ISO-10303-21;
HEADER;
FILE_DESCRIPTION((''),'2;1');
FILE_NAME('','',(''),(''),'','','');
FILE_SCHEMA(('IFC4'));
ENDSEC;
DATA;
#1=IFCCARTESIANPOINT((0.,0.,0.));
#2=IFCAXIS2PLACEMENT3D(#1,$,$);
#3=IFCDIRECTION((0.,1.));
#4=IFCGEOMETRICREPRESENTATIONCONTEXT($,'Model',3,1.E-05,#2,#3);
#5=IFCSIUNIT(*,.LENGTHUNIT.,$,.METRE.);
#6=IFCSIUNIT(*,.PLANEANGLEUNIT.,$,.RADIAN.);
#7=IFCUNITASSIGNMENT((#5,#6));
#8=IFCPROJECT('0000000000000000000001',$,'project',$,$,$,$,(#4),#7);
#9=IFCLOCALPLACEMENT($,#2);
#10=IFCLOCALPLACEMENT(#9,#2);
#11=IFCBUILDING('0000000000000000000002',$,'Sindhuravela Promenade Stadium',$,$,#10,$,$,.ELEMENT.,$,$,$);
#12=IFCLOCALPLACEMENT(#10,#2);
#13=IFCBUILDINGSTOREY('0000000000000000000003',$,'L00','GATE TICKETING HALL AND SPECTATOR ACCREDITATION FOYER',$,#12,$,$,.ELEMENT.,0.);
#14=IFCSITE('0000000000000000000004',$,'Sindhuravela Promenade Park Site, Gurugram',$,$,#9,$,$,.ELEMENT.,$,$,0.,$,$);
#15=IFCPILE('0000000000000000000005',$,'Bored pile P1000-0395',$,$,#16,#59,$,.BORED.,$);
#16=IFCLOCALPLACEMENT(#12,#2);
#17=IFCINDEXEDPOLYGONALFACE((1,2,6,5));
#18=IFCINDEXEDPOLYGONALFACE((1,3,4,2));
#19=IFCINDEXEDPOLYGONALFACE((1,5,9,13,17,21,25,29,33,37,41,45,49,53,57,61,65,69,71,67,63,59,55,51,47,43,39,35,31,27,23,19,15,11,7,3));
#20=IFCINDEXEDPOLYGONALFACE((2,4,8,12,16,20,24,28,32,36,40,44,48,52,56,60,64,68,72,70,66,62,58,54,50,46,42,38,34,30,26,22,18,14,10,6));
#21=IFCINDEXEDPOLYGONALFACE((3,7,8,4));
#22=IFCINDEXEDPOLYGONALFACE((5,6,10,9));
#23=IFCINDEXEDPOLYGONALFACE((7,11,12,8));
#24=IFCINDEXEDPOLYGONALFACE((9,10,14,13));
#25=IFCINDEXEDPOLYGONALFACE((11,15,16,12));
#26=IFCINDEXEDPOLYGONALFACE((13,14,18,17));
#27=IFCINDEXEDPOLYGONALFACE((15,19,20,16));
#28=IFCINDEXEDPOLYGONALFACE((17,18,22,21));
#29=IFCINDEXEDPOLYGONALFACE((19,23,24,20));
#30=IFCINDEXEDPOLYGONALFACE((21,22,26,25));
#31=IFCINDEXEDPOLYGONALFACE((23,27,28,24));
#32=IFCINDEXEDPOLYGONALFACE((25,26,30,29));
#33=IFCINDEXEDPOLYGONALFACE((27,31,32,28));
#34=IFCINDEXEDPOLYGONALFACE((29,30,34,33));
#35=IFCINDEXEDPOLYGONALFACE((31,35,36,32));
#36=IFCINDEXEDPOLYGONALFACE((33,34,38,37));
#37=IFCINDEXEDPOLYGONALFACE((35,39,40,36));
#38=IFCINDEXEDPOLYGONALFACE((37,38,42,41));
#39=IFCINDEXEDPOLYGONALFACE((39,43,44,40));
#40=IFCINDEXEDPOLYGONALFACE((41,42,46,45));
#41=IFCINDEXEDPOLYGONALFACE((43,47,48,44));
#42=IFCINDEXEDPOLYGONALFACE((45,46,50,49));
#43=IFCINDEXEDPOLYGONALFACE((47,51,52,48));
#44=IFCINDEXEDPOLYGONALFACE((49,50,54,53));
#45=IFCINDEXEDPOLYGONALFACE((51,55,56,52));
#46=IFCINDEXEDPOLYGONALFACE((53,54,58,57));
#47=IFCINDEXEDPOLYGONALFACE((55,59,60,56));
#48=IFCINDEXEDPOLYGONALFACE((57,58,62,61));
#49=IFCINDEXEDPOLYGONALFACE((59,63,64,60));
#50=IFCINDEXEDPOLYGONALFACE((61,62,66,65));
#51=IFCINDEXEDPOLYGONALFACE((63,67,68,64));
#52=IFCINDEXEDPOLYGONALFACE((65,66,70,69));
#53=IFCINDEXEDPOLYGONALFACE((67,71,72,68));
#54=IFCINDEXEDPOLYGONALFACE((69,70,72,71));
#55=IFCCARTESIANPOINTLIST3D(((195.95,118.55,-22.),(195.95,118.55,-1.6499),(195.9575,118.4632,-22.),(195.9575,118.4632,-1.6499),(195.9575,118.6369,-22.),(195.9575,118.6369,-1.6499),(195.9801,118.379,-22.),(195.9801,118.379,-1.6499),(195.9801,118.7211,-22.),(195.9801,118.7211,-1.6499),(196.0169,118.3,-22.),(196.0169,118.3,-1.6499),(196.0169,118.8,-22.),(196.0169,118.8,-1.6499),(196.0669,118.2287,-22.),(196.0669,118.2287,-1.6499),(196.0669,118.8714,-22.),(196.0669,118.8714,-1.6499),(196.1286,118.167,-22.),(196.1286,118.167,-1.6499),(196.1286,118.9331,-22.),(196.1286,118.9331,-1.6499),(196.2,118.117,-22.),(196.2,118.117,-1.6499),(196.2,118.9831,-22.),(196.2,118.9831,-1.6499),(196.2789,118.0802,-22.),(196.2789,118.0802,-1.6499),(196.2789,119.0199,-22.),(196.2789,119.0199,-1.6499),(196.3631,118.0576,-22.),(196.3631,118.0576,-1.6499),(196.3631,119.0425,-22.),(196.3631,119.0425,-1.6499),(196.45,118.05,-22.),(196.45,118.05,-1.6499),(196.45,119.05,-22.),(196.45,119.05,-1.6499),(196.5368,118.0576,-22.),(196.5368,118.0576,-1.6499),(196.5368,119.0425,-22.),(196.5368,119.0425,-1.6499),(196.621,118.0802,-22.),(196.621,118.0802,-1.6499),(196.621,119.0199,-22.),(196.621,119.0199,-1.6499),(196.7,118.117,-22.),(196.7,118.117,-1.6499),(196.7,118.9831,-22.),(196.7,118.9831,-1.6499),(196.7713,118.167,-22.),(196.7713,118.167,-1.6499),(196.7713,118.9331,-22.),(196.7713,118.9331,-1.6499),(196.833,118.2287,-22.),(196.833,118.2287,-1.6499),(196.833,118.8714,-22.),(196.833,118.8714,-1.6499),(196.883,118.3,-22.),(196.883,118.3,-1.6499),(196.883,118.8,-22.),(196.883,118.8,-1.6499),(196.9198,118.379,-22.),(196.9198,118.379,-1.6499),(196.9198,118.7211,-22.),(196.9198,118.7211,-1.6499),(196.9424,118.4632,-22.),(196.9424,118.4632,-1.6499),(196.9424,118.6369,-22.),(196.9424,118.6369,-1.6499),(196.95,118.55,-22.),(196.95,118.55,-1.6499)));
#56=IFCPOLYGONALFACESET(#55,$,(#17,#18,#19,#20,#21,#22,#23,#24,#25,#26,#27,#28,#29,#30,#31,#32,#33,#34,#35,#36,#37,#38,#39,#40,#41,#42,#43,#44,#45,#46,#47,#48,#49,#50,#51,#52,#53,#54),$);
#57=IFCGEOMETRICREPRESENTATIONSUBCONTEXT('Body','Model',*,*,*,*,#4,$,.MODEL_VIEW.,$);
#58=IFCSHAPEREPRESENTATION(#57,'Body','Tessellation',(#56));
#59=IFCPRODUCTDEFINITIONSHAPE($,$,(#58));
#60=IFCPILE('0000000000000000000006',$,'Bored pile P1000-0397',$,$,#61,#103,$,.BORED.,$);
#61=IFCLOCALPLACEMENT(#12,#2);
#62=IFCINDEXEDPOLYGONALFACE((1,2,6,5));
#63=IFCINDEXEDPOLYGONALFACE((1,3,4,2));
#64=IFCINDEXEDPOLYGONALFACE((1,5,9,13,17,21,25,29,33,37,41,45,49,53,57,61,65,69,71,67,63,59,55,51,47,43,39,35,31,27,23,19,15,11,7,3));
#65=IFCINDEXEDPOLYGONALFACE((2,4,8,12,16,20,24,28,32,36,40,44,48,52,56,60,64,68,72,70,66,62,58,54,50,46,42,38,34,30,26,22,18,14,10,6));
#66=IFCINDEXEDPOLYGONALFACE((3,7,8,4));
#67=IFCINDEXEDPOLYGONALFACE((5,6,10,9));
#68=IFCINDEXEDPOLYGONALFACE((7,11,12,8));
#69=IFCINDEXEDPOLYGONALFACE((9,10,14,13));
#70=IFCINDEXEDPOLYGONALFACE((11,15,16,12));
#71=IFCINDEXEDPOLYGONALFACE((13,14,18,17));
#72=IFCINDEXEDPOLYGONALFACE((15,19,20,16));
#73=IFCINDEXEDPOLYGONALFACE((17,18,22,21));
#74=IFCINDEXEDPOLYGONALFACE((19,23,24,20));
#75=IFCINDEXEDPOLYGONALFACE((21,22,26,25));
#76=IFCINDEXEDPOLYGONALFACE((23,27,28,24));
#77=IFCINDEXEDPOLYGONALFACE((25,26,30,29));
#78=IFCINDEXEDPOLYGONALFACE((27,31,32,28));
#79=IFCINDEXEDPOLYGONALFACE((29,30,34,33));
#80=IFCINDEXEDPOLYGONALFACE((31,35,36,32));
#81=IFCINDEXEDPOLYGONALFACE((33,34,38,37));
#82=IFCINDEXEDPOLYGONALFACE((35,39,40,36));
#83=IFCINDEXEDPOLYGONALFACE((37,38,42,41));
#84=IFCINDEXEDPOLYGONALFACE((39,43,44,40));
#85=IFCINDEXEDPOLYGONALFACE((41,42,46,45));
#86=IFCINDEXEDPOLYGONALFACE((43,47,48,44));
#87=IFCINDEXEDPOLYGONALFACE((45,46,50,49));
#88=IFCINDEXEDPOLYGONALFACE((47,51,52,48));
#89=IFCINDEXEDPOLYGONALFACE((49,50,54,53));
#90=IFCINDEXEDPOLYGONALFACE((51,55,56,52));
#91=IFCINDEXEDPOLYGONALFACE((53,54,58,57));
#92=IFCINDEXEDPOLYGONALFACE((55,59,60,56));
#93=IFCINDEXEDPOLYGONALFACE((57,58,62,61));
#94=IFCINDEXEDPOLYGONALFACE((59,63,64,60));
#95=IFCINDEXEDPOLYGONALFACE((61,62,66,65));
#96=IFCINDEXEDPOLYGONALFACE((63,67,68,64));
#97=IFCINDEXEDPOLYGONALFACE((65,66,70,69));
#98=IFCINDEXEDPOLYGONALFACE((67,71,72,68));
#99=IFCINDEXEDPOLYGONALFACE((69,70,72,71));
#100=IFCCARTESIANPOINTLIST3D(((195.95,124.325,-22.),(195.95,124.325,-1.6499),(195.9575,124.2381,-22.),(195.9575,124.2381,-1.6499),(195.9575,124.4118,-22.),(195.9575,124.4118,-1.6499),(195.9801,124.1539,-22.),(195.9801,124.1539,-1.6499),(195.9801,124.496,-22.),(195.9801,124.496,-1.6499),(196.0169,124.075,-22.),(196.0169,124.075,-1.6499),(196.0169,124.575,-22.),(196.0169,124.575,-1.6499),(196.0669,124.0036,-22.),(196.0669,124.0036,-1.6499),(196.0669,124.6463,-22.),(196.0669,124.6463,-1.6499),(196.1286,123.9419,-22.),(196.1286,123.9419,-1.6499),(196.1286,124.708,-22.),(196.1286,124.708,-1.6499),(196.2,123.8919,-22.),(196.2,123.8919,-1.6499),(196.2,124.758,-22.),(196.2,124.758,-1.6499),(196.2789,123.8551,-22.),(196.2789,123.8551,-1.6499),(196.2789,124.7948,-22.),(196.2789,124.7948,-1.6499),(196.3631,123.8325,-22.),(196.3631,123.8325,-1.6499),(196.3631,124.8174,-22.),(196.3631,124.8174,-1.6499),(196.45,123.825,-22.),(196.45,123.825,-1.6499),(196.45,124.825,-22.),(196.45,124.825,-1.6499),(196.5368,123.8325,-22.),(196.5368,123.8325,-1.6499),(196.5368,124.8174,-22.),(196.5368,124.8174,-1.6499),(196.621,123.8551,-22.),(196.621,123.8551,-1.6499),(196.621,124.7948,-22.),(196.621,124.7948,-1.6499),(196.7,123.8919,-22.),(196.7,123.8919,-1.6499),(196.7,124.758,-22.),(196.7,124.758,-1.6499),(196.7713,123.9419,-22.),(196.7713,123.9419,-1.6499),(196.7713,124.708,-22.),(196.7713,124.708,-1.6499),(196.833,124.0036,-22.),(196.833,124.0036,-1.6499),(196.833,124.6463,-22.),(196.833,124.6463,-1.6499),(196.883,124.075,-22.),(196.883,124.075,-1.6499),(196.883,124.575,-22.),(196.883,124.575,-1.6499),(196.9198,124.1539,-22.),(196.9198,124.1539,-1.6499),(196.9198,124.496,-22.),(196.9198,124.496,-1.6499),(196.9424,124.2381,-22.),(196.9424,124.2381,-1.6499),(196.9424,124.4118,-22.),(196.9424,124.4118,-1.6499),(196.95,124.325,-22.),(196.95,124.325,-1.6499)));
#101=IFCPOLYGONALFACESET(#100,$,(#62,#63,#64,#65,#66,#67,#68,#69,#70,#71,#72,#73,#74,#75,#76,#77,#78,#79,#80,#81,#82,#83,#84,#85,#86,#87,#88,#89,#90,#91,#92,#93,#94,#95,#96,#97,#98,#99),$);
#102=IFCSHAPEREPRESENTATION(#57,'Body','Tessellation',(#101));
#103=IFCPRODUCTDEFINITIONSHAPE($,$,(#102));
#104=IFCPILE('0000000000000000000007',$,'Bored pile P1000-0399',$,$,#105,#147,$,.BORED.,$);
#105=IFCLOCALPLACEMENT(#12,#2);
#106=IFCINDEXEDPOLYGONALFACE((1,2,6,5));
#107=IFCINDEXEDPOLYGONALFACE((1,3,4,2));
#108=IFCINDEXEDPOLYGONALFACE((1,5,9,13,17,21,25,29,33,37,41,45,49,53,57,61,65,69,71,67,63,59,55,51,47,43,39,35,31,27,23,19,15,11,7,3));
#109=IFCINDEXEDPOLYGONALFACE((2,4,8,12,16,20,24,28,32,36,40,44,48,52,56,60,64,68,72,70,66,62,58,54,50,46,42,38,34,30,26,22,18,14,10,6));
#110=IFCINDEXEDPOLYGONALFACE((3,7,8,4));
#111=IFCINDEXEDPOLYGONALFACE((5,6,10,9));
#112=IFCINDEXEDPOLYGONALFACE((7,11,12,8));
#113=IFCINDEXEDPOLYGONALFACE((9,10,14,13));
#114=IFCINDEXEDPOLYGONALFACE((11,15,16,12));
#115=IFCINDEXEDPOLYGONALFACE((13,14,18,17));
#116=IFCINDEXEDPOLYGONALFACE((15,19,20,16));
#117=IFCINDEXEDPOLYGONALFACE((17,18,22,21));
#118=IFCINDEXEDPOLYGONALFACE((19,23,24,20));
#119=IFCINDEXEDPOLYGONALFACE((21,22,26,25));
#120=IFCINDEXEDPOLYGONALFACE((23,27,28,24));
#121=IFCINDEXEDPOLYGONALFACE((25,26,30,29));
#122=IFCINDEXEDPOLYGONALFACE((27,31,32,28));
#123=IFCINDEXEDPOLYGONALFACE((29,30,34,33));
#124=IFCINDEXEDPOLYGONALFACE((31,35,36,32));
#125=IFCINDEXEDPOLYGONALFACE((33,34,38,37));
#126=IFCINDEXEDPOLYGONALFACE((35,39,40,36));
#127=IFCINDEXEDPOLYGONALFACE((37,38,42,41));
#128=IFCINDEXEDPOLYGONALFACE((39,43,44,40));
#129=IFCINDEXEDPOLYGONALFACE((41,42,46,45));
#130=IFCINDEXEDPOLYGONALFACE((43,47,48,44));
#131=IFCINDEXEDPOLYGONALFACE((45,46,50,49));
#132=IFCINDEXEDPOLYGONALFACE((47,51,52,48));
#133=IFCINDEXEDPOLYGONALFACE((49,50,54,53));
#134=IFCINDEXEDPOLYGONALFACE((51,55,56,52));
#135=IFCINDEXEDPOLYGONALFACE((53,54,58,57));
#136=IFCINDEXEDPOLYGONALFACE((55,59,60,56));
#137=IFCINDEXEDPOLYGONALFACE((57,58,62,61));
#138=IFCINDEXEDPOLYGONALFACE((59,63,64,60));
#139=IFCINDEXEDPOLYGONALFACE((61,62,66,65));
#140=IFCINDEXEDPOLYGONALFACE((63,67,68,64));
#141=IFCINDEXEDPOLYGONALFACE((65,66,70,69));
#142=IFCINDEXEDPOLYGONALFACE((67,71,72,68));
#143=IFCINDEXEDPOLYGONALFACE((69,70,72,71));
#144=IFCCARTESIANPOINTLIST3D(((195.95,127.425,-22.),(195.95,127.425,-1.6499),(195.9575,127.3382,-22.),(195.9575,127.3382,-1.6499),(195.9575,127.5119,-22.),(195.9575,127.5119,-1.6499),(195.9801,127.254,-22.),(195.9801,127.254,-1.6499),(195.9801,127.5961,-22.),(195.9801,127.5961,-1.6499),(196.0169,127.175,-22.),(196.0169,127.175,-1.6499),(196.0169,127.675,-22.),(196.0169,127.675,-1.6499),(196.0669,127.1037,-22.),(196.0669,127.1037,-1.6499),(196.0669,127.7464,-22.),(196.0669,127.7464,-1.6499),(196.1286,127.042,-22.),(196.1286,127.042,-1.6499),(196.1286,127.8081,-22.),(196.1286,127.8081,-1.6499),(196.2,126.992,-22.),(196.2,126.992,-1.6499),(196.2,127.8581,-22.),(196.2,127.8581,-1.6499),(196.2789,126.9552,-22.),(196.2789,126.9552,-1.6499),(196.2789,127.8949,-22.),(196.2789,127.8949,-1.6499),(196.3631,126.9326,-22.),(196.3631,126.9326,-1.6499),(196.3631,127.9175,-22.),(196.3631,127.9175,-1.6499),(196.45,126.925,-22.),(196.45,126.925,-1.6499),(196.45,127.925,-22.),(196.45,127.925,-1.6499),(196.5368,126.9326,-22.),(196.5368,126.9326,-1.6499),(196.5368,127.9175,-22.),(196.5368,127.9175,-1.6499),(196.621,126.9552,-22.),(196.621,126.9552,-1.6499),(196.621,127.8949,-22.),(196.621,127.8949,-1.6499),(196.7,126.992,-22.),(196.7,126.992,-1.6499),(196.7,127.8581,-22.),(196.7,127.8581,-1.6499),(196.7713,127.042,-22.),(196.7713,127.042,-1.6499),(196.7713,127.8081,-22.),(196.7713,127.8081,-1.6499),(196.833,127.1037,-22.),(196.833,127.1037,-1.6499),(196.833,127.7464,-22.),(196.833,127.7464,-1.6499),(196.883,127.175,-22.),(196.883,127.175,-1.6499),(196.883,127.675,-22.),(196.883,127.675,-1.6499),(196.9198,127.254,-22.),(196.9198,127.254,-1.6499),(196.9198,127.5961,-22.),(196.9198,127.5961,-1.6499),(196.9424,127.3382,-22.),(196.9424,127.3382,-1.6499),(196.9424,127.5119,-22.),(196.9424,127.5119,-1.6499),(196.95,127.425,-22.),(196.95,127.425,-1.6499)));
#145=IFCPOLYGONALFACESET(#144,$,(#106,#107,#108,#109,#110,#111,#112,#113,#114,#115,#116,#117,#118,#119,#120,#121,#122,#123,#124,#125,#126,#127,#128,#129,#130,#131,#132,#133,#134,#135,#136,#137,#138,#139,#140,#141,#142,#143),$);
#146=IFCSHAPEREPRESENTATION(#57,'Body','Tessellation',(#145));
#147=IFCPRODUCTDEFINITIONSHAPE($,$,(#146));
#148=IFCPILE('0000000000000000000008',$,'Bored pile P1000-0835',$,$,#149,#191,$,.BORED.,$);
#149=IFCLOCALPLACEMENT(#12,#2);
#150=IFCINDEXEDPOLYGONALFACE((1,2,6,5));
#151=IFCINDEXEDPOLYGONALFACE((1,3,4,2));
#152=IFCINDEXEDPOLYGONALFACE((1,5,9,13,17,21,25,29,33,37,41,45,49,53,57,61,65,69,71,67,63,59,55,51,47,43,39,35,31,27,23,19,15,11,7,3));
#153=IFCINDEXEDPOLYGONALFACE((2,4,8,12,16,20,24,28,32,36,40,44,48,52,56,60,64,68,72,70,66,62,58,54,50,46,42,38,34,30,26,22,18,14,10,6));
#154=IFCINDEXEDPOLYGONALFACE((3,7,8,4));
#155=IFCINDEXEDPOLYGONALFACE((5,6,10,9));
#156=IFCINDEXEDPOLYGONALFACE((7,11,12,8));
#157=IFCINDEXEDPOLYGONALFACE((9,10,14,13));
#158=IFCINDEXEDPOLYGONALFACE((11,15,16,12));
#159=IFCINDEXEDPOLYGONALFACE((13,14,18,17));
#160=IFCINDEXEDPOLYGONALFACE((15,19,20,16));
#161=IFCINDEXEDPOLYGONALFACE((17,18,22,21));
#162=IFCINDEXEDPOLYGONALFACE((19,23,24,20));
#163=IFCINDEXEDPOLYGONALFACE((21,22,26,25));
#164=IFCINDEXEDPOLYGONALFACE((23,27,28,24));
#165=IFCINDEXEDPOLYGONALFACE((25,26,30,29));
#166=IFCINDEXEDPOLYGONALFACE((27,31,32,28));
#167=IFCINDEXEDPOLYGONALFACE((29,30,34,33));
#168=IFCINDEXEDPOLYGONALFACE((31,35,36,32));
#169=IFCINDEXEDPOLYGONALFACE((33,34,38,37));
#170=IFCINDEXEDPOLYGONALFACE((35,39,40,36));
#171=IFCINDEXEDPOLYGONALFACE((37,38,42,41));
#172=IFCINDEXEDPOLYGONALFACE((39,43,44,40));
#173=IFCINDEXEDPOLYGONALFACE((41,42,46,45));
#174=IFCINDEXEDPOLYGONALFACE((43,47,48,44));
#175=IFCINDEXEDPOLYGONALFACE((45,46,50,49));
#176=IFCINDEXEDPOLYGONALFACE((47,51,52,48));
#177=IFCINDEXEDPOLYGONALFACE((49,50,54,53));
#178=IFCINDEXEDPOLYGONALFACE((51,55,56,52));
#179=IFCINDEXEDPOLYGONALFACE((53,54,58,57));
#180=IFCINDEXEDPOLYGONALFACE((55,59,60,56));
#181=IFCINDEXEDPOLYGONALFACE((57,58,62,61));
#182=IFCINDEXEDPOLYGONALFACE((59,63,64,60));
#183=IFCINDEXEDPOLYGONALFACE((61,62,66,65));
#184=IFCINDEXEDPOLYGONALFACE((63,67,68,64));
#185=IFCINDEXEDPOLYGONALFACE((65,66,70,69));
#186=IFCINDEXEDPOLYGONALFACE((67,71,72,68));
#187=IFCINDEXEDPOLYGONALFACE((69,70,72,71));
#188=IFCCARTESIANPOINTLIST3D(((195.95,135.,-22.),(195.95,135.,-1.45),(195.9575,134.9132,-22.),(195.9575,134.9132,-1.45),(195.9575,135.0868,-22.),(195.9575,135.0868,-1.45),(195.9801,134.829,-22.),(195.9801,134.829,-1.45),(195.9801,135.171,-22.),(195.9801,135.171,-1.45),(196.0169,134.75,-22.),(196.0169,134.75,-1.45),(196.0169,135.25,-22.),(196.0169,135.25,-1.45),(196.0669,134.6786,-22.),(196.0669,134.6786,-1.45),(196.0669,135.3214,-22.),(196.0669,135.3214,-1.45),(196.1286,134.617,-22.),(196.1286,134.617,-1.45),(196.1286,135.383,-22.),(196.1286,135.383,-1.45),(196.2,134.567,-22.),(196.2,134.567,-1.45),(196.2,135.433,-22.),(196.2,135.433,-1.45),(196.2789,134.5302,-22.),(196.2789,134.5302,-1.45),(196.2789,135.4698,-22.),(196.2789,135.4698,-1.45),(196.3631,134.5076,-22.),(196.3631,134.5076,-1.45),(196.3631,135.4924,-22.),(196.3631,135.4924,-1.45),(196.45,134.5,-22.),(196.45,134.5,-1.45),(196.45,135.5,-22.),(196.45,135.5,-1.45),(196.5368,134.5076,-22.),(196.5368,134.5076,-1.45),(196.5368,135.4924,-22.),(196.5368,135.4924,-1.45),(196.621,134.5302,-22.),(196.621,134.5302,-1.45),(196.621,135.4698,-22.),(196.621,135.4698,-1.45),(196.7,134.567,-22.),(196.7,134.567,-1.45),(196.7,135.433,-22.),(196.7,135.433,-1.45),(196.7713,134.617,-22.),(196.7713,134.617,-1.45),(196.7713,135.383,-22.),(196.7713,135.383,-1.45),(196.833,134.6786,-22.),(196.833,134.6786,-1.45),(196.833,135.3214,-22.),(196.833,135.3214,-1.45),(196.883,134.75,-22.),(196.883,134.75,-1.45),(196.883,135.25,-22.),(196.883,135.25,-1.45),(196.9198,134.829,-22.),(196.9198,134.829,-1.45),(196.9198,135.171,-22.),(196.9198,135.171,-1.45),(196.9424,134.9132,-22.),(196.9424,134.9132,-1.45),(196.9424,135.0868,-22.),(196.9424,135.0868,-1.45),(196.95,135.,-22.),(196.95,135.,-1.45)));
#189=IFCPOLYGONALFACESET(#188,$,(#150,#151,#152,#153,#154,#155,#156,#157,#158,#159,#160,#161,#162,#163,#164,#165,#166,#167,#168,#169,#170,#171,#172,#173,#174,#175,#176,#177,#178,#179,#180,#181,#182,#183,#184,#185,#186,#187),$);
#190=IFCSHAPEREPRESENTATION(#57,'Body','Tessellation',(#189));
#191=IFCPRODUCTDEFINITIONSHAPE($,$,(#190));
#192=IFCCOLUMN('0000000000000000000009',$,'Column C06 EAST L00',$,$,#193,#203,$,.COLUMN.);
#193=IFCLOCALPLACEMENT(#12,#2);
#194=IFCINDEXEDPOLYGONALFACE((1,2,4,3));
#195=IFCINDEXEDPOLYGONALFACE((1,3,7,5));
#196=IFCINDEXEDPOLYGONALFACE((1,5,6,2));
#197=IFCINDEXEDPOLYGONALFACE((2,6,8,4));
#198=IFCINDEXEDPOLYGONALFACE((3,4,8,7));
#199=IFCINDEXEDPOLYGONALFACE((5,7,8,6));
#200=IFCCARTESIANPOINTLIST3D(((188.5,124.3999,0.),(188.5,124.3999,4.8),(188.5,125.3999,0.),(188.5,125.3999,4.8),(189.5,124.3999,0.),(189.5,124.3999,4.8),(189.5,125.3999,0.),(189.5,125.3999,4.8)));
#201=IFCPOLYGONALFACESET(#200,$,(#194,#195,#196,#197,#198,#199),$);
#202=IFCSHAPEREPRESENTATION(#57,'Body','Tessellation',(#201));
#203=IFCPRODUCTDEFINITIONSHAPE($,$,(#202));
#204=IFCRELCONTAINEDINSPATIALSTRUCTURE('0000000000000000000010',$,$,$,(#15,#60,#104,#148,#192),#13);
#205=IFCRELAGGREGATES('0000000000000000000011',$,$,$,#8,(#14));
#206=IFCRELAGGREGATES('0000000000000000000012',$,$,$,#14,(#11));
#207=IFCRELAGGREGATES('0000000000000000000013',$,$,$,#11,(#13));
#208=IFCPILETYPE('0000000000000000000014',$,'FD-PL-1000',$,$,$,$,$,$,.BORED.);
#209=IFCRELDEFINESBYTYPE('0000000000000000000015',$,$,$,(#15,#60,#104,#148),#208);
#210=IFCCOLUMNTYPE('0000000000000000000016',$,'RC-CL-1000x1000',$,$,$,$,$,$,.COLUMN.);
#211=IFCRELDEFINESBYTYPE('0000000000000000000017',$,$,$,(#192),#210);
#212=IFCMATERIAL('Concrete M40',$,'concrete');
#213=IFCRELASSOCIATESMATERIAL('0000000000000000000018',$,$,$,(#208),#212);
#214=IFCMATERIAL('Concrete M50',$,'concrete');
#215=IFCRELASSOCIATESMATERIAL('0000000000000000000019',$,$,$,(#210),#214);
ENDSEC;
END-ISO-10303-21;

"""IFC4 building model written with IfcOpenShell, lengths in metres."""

from ifc_helpers import new_model, si_unit, direction, frame, origin, origin_2d, place, context, subcontext, project, spatial, rectangle, circle, extrude, material, material_profile, profile_set, type_object, element, save


model = new_model("IFC4")

# Units and contexts
model_context = context("Model", 3, precision=1e-05, world=origin(), true_north=direction((0.0, 1.0)))
body_context = subcontext(model_context, "Body", "Model", "MODEL_VIEW")
ifc_project = project(units=[si_unit("LENGTHUNIT", "METRE"), si_unit("PLANEANGLEUNIT", "RADIAN")], contexts=[model_context])

# Site, building, storey
site_placement = place(None, origin())
site = spatial("IfcSite", under=ifc_project, at=site_placement, Name="Sindhuravela Promenade Park Site, Gurugram", CompositionType="ELEMENT", RefElevation=0.0)
building_placement = place(site_placement, origin())
building = spatial("IfcBuilding", under=site, at=building_placement, Name="Sindhuravela Promenade Stadium", CompositionType="ELEMENT")
storey_placement = place(building_placement, origin())
storey = spatial("IfcBuildingStorey", under=building, at=storey_placement, Name="L00", Description="GATE TICKETING HALL AND SPECTATOR ACCREDITATION FOYER", CompositionType="ELEMENT", Elevation=0.0)

# Shared definitions
ifc_material_1 = material(Name="Concrete M50", Category="concrete")

# Piles
ifc_material_2 = material(Name="Concrete M40", Category="concrete")
ifc_material_profile_1 = material_profile(ifc_material_2, circle(Radius=0.5, at=origin_2d()), Name="BORED PILE D1000")
ifc_profile_set_1 = profile_set([ifc_material_profile_1], Name="Concrete M40")
pile_type = type_object("IfcPileType", Name="FD-PL-1000", PredefinedType="BORED", material=ifc_profile_set_1)
for number, where, z_axis, x_axis, name in (
    (1, (196.45, 118.55, -1.6499), (0.0, 0.0, -1.0), (1.0, 0.0, 0.0), "Bored pile P1000-0395"),
    (2, (196.45, 124.325, -1.6499), (0.0, 0.0, -1.0), (1.0, 0.0, 0.0), "Bored pile P1000-0397"),
    (3, (196.45, 127.425, -1.6499), (0.0, 0.0, -1.0), (1.0, 0.0, 0.0), "Bored pile P1000-0399"),
):
    element("IfcPile", number, at=place(storey_placement, frame(where, z_axis=z_axis, x_axis=x_axis)), inside=storey, type_object=pile_type, Name=name, PredefinedType="BORED", context=body_context, shape_type="SweptSolid", body=[
        extrude(circle(Radius=0.5, at=origin_2d()), origin(), (0.0, 0.0, 1.0), 20.3501),
    ])
pile_placement = place(storey_placement, frame((196.45, 135.0, -1.45), z_axis=(0.0, 0.0, -1.0), x_axis=(1.0, 0.0, 0.0)))
element("IfcPile", 4, at=pile_placement, inside=storey, type_object=pile_type, Name="Bored pile P1000-0835", PredefinedType="BORED", context=body_context, shape_type="SweptSolid", body=[
    extrude(circle(Radius=0.5, at=origin_2d()), origin(), (0.0, 0.0, 1.0), 20.55),
])

# Column
ifc_material_profile_2 = material_profile(ifc_material_1, rectangle(XDim=1.0, YDim=1.0, at=origin_2d()), Name="RC 1000x1000")
ifc_profile_set_2 = profile_set([ifc_material_profile_2], Name="Concrete M50")
column_type_1 = type_object("IfcColumnType", Name="RC-CL-1000x1000", PredefinedType="COLUMN", material=ifc_profile_set_2)
column_1_placement = place(storey_placement, frame((189.0, 124.8999, 0.0), z_axis=(0.0, 0.0, 1.0), x_axis=(1.0, 0.0, 0.0)))
element("IfcColumn", 5, at=column_1_placement, inside=storey, type_object=column_type_1, Name="Column C06 EAST L00", PredefinedType="COLUMN", context=body_context, shape_type="SweptSolid", body=[
    extrude(rectangle(XDim=1.0, YDim=1.0, at=origin_2d()), origin(), (0.0, 0.0, 1.0), 4.8),
])

save(model, "model.ifc")
